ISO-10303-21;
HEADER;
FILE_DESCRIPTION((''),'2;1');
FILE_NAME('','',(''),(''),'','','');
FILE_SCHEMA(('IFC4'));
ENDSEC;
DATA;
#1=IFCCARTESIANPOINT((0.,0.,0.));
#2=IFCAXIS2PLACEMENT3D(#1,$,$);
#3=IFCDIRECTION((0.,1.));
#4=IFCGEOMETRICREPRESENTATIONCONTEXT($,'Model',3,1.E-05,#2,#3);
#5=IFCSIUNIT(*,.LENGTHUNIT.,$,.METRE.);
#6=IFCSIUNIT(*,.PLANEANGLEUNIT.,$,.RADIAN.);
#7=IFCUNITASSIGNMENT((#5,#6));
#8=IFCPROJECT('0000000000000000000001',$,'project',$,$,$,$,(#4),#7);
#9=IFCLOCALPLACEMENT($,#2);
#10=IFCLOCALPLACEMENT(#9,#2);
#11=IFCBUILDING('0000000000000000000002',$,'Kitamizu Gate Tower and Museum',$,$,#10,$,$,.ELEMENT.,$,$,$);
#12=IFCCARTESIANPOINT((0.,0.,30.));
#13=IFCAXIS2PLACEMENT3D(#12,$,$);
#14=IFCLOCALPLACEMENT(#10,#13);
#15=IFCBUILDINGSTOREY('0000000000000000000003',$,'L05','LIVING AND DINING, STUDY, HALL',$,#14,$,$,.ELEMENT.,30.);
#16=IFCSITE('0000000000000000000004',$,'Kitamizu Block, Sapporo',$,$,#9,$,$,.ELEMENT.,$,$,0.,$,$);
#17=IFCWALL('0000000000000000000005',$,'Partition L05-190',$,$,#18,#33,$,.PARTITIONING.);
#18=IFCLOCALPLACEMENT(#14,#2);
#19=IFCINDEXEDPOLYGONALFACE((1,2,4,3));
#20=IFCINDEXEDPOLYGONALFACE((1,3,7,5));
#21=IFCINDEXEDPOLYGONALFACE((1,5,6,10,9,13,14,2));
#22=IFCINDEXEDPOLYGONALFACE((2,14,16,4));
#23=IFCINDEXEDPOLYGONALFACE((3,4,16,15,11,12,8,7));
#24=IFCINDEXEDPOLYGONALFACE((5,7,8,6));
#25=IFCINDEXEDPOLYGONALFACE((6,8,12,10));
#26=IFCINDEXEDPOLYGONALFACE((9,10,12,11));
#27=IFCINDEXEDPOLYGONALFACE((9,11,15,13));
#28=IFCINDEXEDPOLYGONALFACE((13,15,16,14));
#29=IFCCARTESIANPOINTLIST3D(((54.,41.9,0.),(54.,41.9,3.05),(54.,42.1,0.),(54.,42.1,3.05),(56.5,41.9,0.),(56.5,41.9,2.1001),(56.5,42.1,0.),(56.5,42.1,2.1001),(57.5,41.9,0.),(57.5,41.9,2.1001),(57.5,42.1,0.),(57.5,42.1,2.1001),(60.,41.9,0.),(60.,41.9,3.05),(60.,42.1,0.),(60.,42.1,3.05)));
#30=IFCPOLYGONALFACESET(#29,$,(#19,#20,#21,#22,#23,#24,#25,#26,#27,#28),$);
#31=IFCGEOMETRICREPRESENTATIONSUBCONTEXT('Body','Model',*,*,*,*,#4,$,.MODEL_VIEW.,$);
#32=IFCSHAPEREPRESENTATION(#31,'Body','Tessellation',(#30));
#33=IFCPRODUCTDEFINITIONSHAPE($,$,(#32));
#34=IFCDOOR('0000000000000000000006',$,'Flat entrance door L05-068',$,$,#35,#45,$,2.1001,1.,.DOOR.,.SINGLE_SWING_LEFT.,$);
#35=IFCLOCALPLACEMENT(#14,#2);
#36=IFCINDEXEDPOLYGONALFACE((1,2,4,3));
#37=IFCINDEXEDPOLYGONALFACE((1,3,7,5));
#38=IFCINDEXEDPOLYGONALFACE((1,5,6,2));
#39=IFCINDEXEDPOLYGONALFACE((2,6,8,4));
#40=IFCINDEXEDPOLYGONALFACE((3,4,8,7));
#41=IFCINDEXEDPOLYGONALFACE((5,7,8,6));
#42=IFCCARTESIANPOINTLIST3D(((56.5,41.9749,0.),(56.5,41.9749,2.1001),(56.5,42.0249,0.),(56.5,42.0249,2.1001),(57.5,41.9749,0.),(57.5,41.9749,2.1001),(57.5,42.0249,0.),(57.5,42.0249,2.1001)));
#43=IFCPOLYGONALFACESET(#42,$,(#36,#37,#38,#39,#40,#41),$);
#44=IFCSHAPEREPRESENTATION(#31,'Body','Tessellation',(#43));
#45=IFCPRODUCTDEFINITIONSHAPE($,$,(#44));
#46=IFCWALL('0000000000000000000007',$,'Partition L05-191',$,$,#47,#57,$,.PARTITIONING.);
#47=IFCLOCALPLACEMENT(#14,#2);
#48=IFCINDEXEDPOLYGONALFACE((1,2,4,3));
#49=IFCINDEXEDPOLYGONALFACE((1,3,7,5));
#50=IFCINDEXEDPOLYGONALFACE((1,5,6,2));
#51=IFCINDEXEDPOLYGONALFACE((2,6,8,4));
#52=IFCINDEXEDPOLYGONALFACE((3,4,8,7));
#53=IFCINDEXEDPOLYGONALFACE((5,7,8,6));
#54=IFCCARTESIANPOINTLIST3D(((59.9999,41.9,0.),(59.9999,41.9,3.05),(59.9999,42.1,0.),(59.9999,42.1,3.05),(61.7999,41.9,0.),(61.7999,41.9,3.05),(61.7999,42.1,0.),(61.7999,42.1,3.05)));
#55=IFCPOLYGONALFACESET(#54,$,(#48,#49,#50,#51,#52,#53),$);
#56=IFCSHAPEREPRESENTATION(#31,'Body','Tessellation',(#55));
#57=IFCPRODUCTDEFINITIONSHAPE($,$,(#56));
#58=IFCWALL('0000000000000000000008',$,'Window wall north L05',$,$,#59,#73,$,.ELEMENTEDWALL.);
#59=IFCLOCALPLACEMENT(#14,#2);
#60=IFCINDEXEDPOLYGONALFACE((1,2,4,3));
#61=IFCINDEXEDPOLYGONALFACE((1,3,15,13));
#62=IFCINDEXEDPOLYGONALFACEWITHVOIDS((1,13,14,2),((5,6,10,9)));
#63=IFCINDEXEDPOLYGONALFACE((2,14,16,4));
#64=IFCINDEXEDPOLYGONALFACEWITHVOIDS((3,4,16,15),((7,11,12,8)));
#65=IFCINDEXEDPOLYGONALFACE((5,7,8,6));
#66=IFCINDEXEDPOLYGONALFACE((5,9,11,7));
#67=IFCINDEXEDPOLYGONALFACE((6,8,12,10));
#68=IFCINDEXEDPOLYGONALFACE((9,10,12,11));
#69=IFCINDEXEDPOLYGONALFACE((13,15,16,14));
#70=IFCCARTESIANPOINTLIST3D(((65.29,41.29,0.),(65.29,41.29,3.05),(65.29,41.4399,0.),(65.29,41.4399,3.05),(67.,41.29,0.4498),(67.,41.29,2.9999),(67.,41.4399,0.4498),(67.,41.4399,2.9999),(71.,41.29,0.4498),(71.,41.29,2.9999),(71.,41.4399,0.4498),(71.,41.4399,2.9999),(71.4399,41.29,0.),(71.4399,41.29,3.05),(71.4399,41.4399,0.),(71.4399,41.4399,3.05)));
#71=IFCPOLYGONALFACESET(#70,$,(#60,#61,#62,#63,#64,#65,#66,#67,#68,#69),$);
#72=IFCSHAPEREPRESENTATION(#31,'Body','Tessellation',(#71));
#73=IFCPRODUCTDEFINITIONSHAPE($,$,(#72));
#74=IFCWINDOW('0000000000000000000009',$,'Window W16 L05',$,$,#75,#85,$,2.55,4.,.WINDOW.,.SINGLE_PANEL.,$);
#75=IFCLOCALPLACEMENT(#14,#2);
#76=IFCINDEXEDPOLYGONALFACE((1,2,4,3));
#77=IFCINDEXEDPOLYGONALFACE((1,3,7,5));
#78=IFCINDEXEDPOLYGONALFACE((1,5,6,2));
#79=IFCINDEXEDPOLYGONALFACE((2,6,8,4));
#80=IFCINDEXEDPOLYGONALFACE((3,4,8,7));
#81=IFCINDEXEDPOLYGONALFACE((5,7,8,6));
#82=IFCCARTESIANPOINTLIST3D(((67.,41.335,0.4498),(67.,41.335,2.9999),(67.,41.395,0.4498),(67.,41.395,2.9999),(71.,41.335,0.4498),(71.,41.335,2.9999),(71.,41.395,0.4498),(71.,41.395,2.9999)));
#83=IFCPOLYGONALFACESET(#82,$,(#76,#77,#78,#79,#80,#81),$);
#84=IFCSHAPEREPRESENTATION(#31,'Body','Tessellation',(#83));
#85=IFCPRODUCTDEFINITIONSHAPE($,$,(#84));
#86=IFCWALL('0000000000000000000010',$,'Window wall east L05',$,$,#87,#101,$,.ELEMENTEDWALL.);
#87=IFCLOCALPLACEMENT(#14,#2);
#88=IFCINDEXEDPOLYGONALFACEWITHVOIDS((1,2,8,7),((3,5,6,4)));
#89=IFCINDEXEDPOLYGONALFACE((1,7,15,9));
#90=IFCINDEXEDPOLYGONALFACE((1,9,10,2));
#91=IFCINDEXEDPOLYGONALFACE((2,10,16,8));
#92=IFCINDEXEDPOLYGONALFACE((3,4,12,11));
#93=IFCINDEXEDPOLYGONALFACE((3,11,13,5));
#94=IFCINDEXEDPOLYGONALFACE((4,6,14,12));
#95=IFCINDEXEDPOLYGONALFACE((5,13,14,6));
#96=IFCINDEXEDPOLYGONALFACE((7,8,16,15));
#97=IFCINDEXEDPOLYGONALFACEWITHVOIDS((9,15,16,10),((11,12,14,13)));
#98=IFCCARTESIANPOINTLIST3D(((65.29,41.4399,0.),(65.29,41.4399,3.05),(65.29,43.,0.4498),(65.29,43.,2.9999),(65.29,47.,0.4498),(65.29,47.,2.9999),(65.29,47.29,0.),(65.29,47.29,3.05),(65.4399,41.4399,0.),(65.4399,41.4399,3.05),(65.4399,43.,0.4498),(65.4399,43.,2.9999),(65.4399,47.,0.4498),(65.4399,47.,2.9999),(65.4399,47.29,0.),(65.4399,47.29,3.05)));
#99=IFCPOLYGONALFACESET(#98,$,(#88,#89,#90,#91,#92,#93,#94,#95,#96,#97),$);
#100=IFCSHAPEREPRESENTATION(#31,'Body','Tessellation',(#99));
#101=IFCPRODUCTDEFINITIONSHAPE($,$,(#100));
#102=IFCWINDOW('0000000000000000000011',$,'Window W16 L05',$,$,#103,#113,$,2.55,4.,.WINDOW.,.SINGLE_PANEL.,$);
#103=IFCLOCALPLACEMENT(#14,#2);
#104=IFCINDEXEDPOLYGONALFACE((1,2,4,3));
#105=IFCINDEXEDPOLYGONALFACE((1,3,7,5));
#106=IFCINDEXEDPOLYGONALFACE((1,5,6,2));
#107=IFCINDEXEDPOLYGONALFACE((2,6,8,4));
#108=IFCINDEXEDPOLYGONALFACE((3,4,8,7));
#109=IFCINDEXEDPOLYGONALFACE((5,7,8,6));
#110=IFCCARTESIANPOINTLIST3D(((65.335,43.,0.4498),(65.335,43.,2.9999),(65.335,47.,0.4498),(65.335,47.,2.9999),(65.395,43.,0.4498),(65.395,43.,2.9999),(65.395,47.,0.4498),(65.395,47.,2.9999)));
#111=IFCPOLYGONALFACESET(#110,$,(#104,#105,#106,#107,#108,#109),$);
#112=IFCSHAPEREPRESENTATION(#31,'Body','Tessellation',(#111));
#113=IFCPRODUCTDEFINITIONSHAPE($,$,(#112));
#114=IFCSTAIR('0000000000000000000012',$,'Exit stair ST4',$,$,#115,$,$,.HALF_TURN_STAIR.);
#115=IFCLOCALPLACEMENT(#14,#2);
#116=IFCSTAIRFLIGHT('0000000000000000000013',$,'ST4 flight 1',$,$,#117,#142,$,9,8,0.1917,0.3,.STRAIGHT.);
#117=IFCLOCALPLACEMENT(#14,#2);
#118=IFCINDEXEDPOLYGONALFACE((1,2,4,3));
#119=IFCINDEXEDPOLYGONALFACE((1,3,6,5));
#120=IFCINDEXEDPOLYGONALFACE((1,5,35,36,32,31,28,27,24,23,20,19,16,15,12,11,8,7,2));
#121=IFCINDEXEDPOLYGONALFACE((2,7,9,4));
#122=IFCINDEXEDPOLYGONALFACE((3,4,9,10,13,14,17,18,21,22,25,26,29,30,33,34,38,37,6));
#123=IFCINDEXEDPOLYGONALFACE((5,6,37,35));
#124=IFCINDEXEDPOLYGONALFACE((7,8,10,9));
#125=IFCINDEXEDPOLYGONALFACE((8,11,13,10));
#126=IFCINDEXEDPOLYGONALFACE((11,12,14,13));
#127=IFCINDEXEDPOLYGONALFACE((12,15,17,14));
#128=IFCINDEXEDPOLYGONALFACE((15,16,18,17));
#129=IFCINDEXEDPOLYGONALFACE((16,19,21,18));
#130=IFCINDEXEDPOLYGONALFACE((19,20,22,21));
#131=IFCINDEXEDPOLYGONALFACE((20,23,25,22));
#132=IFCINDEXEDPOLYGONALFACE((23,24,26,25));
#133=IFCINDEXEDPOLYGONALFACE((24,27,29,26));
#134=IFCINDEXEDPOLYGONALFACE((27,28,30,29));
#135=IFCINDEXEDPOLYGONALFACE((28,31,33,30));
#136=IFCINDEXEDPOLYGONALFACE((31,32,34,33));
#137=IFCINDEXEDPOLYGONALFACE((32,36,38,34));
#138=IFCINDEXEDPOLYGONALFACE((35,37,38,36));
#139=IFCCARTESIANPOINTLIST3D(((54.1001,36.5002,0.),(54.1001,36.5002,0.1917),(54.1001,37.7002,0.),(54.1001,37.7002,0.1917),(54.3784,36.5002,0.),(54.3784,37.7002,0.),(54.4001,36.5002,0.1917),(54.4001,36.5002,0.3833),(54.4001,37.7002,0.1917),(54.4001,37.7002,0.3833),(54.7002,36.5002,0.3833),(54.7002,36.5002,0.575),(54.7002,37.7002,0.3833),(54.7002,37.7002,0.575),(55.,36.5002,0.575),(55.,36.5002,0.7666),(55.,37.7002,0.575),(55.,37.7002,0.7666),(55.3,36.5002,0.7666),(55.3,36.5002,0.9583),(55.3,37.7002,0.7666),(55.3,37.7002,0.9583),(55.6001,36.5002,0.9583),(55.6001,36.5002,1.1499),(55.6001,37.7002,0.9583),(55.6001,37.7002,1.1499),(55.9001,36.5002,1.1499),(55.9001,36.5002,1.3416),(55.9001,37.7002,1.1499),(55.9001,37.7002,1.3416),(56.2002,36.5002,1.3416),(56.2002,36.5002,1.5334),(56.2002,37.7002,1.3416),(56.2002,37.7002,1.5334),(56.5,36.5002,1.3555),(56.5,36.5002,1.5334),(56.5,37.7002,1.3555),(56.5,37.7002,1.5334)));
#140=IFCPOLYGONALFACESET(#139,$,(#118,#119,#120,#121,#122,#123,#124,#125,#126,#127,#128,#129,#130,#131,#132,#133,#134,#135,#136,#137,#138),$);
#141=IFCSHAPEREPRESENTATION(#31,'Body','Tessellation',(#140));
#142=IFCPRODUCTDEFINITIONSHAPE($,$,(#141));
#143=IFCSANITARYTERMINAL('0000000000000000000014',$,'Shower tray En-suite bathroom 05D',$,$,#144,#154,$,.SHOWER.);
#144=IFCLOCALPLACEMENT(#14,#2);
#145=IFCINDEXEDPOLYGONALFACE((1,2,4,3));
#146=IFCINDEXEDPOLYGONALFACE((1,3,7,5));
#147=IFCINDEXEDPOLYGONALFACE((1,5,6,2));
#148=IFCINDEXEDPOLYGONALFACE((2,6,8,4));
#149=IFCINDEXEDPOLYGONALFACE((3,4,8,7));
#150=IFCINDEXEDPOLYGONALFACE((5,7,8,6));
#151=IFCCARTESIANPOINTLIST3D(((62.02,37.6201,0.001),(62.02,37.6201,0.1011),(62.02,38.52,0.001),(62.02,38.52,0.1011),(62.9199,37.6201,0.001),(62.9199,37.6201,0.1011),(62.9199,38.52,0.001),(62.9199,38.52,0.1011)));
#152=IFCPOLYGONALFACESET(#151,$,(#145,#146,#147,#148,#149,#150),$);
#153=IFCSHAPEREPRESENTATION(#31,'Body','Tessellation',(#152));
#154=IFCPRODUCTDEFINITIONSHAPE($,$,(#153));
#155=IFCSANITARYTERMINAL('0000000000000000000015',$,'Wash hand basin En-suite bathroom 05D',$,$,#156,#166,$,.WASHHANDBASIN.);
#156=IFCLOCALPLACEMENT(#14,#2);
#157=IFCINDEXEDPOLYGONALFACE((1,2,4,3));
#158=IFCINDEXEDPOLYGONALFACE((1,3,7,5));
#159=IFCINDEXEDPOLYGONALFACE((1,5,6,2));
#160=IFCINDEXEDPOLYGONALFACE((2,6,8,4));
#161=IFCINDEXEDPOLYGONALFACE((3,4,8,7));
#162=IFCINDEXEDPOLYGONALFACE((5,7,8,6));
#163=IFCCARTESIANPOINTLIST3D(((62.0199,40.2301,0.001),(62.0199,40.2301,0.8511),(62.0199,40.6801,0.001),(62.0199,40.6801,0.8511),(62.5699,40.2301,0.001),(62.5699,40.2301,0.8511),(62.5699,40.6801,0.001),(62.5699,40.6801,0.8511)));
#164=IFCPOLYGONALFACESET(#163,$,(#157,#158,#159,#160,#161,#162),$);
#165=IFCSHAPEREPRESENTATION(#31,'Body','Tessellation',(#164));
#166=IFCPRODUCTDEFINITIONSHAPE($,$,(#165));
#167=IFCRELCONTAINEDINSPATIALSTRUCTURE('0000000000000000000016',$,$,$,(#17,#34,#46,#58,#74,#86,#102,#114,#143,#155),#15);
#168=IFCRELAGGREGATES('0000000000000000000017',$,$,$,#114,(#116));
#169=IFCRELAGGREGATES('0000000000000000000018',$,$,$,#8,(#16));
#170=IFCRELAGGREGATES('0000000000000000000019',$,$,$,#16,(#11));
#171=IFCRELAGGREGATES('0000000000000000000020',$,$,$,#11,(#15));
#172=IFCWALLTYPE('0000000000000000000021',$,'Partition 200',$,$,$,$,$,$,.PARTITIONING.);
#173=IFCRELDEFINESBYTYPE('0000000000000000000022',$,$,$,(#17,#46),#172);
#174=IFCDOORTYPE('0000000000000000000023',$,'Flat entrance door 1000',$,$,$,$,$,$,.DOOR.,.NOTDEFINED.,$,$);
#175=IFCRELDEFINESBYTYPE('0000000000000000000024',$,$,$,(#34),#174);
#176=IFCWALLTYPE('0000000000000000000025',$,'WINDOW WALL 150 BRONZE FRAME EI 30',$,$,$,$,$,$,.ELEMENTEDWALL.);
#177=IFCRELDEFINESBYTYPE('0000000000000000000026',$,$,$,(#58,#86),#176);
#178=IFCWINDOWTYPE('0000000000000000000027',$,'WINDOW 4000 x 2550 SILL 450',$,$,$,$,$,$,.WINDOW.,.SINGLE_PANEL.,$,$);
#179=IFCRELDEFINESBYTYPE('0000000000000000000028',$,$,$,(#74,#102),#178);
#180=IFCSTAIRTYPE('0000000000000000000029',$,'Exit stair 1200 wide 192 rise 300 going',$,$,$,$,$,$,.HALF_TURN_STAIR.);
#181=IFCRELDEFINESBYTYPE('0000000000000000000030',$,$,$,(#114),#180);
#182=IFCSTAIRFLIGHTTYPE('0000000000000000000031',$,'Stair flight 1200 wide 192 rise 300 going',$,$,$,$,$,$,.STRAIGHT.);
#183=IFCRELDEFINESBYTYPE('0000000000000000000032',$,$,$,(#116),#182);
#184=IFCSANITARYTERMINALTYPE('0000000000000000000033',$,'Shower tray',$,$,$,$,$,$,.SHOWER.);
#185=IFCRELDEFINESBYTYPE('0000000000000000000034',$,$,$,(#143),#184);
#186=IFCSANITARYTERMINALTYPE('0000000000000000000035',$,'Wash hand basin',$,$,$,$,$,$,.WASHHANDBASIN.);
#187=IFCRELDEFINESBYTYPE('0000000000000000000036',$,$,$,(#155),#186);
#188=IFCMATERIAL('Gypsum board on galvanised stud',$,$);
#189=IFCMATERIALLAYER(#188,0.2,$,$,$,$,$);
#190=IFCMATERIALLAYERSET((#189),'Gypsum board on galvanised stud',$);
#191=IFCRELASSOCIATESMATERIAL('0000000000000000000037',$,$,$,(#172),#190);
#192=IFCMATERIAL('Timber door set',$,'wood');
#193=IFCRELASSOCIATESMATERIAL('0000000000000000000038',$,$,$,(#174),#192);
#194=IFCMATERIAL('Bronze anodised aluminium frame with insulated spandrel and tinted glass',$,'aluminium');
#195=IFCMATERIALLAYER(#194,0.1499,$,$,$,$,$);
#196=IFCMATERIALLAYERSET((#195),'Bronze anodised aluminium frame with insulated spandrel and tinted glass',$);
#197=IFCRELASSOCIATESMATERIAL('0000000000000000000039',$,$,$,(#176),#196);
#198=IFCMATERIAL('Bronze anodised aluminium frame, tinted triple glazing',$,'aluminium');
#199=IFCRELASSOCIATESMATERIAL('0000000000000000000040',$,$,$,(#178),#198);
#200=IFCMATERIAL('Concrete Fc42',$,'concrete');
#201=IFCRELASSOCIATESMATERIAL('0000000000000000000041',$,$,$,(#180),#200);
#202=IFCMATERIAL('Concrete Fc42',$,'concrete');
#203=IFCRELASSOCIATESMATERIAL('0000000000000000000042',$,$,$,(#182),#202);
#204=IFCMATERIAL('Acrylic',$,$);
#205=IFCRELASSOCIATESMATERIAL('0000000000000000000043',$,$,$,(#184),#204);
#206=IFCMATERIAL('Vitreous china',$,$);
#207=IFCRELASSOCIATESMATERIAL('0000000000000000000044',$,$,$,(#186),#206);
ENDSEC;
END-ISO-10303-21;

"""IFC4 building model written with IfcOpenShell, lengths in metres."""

from ifc_helpers import new_model, si_unit, direction, frame, frame_2d, origin, origin_2d, place, context, subcontext, project, spatial, polyline, rectangle, outline, extrude, material, layer, layer_set, type_object, element, fill, aggregate, save


model = new_model("IFC4")

# Units and contexts
model_context = context("Model", 3, precision=1e-05, world=origin(), true_north=direction((0.0, 1.0)))
body_context = subcontext(model_context, "Body", "Model", "MODEL_VIEW")
ifc_project = project(units=[si_unit("LENGTHUNIT", "METRE"), si_unit("PLANEANGLEUNIT", "RADIAN")], contexts=[model_context])

# Site, building, storey
site_placement = place(None, origin())
site = spatial("IfcSite", under=ifc_project, at=site_placement, Name="Kitamizu Block, Sapporo", CompositionType="ELEMENT", RefElevation=0.0)
building_placement = place(site_placement, origin())
building = spatial("IfcBuilding", under=site, at=building_placement, Name="Kitamizu Gate Tower and Museum", CompositionType="ELEMENT")
storey_placement = place(building_placement, frame((0.0, 0.0, 30.0)))
storey = spatial("IfcBuildingStorey", under=building, at=storey_placement, Name="L05", Description="LIVING AND DINING, STUDY, HALL", CompositionType="ELEMENT", Elevation=30.0)

# Shared definitions
ifc_material_1 = material(Name="Gypsum board on galvanised stud")
ifc_layer_1 = layer(ifc_material_1, 0.2)
ifc_layer_set_1 = layer_set([ifc_layer_1], Name="Gypsum board on galvanised stud")
wall_type_1 = type_object("IfcWallType", Name="Partition 200", PredefinedType="PARTITIONING", material=ifc_layer_set_1)

# Wall, opening, door
wall_1_placement = place(storey_placement, frame((54.0, 42.0, 0.0), z_axis=(0.0, 0.0, 1.0), x_axis=(1.0, 0.0, 0.0)))
wall_1 = element("IfcWall", 1, at=wall_1_placement, inside=storey, type_object=wall_type_1, Name="Partition L05-190", PredefinedType="PARTITIONING", context=body_context, shape_type="SweptSolid", body=[
    extrude(rectangle(XDim=6.0, YDim=0.2, at=frame_2d((3.0, 0.0))), origin(), (0.0, 0.0, 1.0), 3.05),
])
opening_1_placement = place(wall_1_placement, frame((2.5, 0.0, 0.0)))
opening_1 = element("IfcOpeningElement", 2, at=opening_1_placement, cuts=wall_1, PredefinedType="OPENING", context=body_context, shape_type="SweptSolid", body=[
    extrude(rectangle(XDim=1.0, YDim=2.1001, at=frame_2d((0.5, 1.05))), frame((0.0, 0.1099, 0.0), z_axis=(0.0, -1.0, 0.0), x_axis=(1.0, 0.0, 0.0)), (0.0, 0.0, 1.0), 0.22),
])
ifc_material_2 = material(Name="Timber door set", Category="wood")
door_type_1 = type_object("IfcDoorType", Name="Flat entrance door 1000", OperationType="NOTDEFINED", PredefinedType="DOOR", material=ifc_material_2)
door_1_placement = place(opening_1_placement, origin())
door_1 = element("IfcDoor", 3, at=door_1_placement, inside=storey, type_object=door_type_1, Name="Flat entrance door L05-068", OperationType="SINGLE_SWING_LEFT", OverallHeight=2.1001, OverallWidth=1.0, PredefinedType="DOOR", context=body_context, shape_type="SweptSolid", body=[
    extrude(rectangle(XDim=1.0, YDim=2.1001, at=frame_2d((0.5, 1.05))), frame((0.0, 0.0249, 0.0), z_axis=(0.0, -1.0, 0.0), x_axis=(1.0, 0.0, 0.0)), (0.0, 0.0, 1.0), 0.05),
])
fill(opening_1, door_1)

# Wall
wall_2_placement = place(storey_placement, frame((60.0, 42.0, 0.0), z_axis=(0.0, 0.0, 1.0), x_axis=(1.0, 0.0, 0.0)))
element("IfcWall", 4, at=wall_2_placement, inside=storey, type_object=wall_type_1, Name="Partition L05-191", PredefinedType="PARTITIONING", context=body_context, shape_type="SweptSolid", body=[
    extrude(rectangle(XDim=1.8, YDim=0.2, at=frame_2d((0.8999, 0.0))), origin(), (0.0, 0.0, 1.0), 3.05),
])

# Walls, openings, windows
ifc_material_3 = material(Name="Bronze anodised aluminium frame with insulated spandrel and tinted glass", Category="aluminium")
ifc_layer_2 = layer(ifc_material_3, 0.1499)
ifc_layer_set_2 = layer_set([ifc_layer_2], Name="Bronze anodised aluminium frame with insulated spandrel and tinted glass")
wall_type_2 = type_object("IfcWallType", Name="WINDOW WALL 150 BRONZE FRAME EI 30", PredefinedType="ELEMENTEDWALL", material=ifc_layer_set_2)
wall_3_placement = place(storey_placement, frame((65.29, 41.365, 0.0), z_axis=(0.0, 0.0, 1.0), x_axis=(1.0, 0.0, 0.0)))
wall_3 = element("IfcWall", 5, at=wall_3_placement, inside=storey, type_object=wall_type_2, Name="Window wall north L05", PredefinedType="ELEMENTEDWALL", context=body_context, shape_type="SweptSolid", body=[
    extrude(rectangle(XDim=6.1499, YDim=0.1499, at=frame_2d((3.075, 0.0))), origin(), (0.0, 0.0, 1.0), 3.05),
])
opening_2_placement = place(wall_3_placement, frame((1.71, 0.0, 0.45)))
opening_2 = element("IfcOpeningElement", 6, at=opening_2_placement, cuts=wall_3, PredefinedType="OPENING", context=body_context, shape_type="SweptSolid", body=[
    extrude(rectangle(XDim=4.0, YDim=2.55, at=frame_2d((2.0, 1.2749))), frame((0.0, 0.085, 0.0), z_axis=(0.0, -1.0, 0.0), x_axis=(1.0, 0.0, 0.0)), (0.0, 0.0, 1.0), 0.1699),
])
ifc_material_4 = material(Name="Bronze anodised aluminium frame, tinted triple glazing", Category="aluminium")
window_type = type_object("IfcWindowType", Name="WINDOW 4000 x 2550 SILL 450", PartitioningType="SINGLE_PANEL", PredefinedType="WINDOW", material=ifc_material_4)
window_1_placement = place(opening_2_placement, origin())
window_1 = element("IfcWindow", 7, at=window_1_placement, inside=storey, type_object=window_type, Name="Window W16 L05", OverallHeight=2.55, OverallWidth=4.0, PartitioningType="SINGLE_PANEL", PredefinedType="WINDOW", context=body_context, shape_type="SweptSolid", body=[
    extrude(rectangle(XDim=4.0, YDim=2.55, at=frame_2d((2.0, 1.2749))), frame((0.0, 0.03, 0.0), z_axis=(0.0, -1.0, 0.0), x_axis=(1.0, 0.0, 0.0)), (0.0, 0.0, 1.0), 0.0601),
])
fill(opening_2, window_1)
wall_4_placement = place(storey_placement, frame((65.365, 41.4399, 0.0), z_axis=(0.0, 0.0, 1.0), x_axis=(0.0, 1.0, 0.0)))
wall_4 = element("IfcWall", 8, at=wall_4_placement, inside=storey, type_object=wall_type_2, Name="Window wall east L05", PredefinedType="ELEMENTEDWALL", context=body_context, shape_type="SweptSolid", body=[
    extrude(rectangle(XDim=5.8501, YDim=0.1499, at=frame_2d((2.925, 0.0))), origin(), (0.0, 0.0, 1.0), 3.05),
])
opening_3_placement = place(wall_4_placement, frame((1.5601, 0.0, 0.45)))
opening_3 = element("IfcOpeningElement", 9, at=opening_3_placement, cuts=wall_4, PredefinedType="OPENING", context=body_context, shape_type="SweptSolid", body=[
    extrude(rectangle(XDim=4.0, YDim=2.55, at=frame_2d((2.0, 1.2749))), frame((0.0, 0.085, 0.0), z_axis=(0.0, -1.0, 0.0), x_axis=(1.0, 0.0, 0.0)), (0.0, 0.0, 1.0), 0.1699),
])
window_2_placement = place(opening_3_placement, origin())
window_2 = element("IfcWindow", 10, at=window_2_placement, inside=storey, type_object=window_type, Name="Window W16 L05", OverallHeight=2.55, OverallWidth=4.0, PartitioningType="SINGLE_PANEL", PredefinedType="WINDOW", context=body_context, shape_type="SweptSolid", body=[
    extrude(rectangle(XDim=4.0, YDim=2.55, at=frame_2d((2.0, 1.2749))), frame((0.0, 0.03, 0.0), z_axis=(0.0, -1.0, 0.0), x_axis=(1.0, 0.0, 0.0)), (0.0, 0.0, 1.0), 0.0601),
])
fill(opening_3, window_2)

# Stair, stair flight
ifc_material_5 = material(Name="Concrete Fc42", Category="concrete")
stair_type = type_object("IfcStairType", Name="Exit stair 1200 wide 192 rise 300 going", PredefinedType="HALF_TURN_STAIR", material=ifc_material_5)
stair_placement = place(storey_placement, origin())
stair = element("IfcStair", 11, at=stair_placement, inside=storey, type_object=stair_type, Name="Exit stair ST4", PredefinedType="HALF_TURN_STAIR")
ifc_material_6 = material(Name="Concrete Fc42", Category="concrete")
stair_flight_type = type_object("IfcStairFlightType", Name="Stair flight 1200 wide 192 rise 300 going", PredefinedType="STRAIGHT", material=ifc_material_6)
stair_flight_placement = place(storey_placement, frame((54.1001, 37.1001, 0.0), z_axis=(0.0, 0.0, 1.0), x_axis=(1.0, 0.0, 0.0)))
stair_flight = element("IfcStairFlight", 12, at=stair_flight_placement, type_object=stair_flight_type, Name="ST4 flight 1", NumberOfRisers=9, NumberOfTreads=8, PredefinedType="STRAIGHT", RiserHeight=0.1917, TreadLength=0.3, context=body_context, shape_type="SweptSolid", body=[
    extrude(outline(polyline([(0.0, 0.0), (0.0, 0.1917), (0.3, 0.1917), (0.3, 0.3833), (0.6001, 0.3833), (0.6001, 0.575), (0.8999, 0.575), (0.8999, 0.7666), (1.2, 0.7666), (1.2, 0.9583), (1.5, 0.9583), (1.5, 1.1499), (1.8, 1.1499), (1.8, 1.3416), (2.1001, 1.3416), (2.1001, 1.5334), (2.3999, 1.5334), (2.3999, 1.7251), (2.3999, 1.3555), (0.2783, 0.0), (0.0, 0.0)])), frame((0.0, 0.6001, 0.0), z_axis=(0.0, -1.0, 0.0), x_axis=(1.0, 0.0, 0.0)), (0.0, 0.0, 1.0), 1.2),
])
aggregate(stair, [stair_flight])

# Sanitary terminals
ifc_material_7 = material(Name="Acrylic")
sanitary_terminal_type_1 = type_object("IfcSanitaryTerminalType", Name="Shower tray", PredefinedType="SHOWER", material=ifc_material_7)
sanitary_terminal_1_placement = place(storey_placement, frame((62.47, 38.0701, 0.001), z_axis=(0.0, 0.0, 1.0), x_axis=(1.0, 0.0, 0.0)))
element("IfcSanitaryTerminal", 13, at=sanitary_terminal_1_placement, inside=storey, type_object=sanitary_terminal_type_1, Name="Shower tray En-suite bathroom 05D", PredefinedType="SHOWER", context=body_context, shape_type="SweptSolid", body=[
    extrude(rectangle(XDim=0.8999, YDim=0.8999, at=origin_2d()), origin(), (0.0, 0.0, 1.0), 0.1001),
])
ifc_material_8 = material(Name="Vitreous china")
sanitary_terminal_type_2 = type_object("IfcSanitaryTerminalType", Name="Wash hand basin", PredefinedType="WASHHANDBASIN", material=ifc_material_8)
sanitary_terminal_2_placement = place(storey_placement, frame((62.2949, 40.4551, 0.001), z_axis=(0.0, 0.0, 1.0), x_axis=(1.0, 0.0, 0.0)))
element("IfcSanitaryTerminal", 14, at=sanitary_terminal_2_placement, inside=storey, type_object=sanitary_terminal_type_2, Name="Wash hand basin En-suite bathroom 05D", PredefinedType="WASHHANDBASIN", context=body_context, shape_type="SweptSolid", body=[
    extrude(rectangle(XDim=0.55, YDim=0.45, at=origin_2d()), origin(), (0.0, 0.0, 1.0), 0.8501),
])

save(model, "model.ifc")
